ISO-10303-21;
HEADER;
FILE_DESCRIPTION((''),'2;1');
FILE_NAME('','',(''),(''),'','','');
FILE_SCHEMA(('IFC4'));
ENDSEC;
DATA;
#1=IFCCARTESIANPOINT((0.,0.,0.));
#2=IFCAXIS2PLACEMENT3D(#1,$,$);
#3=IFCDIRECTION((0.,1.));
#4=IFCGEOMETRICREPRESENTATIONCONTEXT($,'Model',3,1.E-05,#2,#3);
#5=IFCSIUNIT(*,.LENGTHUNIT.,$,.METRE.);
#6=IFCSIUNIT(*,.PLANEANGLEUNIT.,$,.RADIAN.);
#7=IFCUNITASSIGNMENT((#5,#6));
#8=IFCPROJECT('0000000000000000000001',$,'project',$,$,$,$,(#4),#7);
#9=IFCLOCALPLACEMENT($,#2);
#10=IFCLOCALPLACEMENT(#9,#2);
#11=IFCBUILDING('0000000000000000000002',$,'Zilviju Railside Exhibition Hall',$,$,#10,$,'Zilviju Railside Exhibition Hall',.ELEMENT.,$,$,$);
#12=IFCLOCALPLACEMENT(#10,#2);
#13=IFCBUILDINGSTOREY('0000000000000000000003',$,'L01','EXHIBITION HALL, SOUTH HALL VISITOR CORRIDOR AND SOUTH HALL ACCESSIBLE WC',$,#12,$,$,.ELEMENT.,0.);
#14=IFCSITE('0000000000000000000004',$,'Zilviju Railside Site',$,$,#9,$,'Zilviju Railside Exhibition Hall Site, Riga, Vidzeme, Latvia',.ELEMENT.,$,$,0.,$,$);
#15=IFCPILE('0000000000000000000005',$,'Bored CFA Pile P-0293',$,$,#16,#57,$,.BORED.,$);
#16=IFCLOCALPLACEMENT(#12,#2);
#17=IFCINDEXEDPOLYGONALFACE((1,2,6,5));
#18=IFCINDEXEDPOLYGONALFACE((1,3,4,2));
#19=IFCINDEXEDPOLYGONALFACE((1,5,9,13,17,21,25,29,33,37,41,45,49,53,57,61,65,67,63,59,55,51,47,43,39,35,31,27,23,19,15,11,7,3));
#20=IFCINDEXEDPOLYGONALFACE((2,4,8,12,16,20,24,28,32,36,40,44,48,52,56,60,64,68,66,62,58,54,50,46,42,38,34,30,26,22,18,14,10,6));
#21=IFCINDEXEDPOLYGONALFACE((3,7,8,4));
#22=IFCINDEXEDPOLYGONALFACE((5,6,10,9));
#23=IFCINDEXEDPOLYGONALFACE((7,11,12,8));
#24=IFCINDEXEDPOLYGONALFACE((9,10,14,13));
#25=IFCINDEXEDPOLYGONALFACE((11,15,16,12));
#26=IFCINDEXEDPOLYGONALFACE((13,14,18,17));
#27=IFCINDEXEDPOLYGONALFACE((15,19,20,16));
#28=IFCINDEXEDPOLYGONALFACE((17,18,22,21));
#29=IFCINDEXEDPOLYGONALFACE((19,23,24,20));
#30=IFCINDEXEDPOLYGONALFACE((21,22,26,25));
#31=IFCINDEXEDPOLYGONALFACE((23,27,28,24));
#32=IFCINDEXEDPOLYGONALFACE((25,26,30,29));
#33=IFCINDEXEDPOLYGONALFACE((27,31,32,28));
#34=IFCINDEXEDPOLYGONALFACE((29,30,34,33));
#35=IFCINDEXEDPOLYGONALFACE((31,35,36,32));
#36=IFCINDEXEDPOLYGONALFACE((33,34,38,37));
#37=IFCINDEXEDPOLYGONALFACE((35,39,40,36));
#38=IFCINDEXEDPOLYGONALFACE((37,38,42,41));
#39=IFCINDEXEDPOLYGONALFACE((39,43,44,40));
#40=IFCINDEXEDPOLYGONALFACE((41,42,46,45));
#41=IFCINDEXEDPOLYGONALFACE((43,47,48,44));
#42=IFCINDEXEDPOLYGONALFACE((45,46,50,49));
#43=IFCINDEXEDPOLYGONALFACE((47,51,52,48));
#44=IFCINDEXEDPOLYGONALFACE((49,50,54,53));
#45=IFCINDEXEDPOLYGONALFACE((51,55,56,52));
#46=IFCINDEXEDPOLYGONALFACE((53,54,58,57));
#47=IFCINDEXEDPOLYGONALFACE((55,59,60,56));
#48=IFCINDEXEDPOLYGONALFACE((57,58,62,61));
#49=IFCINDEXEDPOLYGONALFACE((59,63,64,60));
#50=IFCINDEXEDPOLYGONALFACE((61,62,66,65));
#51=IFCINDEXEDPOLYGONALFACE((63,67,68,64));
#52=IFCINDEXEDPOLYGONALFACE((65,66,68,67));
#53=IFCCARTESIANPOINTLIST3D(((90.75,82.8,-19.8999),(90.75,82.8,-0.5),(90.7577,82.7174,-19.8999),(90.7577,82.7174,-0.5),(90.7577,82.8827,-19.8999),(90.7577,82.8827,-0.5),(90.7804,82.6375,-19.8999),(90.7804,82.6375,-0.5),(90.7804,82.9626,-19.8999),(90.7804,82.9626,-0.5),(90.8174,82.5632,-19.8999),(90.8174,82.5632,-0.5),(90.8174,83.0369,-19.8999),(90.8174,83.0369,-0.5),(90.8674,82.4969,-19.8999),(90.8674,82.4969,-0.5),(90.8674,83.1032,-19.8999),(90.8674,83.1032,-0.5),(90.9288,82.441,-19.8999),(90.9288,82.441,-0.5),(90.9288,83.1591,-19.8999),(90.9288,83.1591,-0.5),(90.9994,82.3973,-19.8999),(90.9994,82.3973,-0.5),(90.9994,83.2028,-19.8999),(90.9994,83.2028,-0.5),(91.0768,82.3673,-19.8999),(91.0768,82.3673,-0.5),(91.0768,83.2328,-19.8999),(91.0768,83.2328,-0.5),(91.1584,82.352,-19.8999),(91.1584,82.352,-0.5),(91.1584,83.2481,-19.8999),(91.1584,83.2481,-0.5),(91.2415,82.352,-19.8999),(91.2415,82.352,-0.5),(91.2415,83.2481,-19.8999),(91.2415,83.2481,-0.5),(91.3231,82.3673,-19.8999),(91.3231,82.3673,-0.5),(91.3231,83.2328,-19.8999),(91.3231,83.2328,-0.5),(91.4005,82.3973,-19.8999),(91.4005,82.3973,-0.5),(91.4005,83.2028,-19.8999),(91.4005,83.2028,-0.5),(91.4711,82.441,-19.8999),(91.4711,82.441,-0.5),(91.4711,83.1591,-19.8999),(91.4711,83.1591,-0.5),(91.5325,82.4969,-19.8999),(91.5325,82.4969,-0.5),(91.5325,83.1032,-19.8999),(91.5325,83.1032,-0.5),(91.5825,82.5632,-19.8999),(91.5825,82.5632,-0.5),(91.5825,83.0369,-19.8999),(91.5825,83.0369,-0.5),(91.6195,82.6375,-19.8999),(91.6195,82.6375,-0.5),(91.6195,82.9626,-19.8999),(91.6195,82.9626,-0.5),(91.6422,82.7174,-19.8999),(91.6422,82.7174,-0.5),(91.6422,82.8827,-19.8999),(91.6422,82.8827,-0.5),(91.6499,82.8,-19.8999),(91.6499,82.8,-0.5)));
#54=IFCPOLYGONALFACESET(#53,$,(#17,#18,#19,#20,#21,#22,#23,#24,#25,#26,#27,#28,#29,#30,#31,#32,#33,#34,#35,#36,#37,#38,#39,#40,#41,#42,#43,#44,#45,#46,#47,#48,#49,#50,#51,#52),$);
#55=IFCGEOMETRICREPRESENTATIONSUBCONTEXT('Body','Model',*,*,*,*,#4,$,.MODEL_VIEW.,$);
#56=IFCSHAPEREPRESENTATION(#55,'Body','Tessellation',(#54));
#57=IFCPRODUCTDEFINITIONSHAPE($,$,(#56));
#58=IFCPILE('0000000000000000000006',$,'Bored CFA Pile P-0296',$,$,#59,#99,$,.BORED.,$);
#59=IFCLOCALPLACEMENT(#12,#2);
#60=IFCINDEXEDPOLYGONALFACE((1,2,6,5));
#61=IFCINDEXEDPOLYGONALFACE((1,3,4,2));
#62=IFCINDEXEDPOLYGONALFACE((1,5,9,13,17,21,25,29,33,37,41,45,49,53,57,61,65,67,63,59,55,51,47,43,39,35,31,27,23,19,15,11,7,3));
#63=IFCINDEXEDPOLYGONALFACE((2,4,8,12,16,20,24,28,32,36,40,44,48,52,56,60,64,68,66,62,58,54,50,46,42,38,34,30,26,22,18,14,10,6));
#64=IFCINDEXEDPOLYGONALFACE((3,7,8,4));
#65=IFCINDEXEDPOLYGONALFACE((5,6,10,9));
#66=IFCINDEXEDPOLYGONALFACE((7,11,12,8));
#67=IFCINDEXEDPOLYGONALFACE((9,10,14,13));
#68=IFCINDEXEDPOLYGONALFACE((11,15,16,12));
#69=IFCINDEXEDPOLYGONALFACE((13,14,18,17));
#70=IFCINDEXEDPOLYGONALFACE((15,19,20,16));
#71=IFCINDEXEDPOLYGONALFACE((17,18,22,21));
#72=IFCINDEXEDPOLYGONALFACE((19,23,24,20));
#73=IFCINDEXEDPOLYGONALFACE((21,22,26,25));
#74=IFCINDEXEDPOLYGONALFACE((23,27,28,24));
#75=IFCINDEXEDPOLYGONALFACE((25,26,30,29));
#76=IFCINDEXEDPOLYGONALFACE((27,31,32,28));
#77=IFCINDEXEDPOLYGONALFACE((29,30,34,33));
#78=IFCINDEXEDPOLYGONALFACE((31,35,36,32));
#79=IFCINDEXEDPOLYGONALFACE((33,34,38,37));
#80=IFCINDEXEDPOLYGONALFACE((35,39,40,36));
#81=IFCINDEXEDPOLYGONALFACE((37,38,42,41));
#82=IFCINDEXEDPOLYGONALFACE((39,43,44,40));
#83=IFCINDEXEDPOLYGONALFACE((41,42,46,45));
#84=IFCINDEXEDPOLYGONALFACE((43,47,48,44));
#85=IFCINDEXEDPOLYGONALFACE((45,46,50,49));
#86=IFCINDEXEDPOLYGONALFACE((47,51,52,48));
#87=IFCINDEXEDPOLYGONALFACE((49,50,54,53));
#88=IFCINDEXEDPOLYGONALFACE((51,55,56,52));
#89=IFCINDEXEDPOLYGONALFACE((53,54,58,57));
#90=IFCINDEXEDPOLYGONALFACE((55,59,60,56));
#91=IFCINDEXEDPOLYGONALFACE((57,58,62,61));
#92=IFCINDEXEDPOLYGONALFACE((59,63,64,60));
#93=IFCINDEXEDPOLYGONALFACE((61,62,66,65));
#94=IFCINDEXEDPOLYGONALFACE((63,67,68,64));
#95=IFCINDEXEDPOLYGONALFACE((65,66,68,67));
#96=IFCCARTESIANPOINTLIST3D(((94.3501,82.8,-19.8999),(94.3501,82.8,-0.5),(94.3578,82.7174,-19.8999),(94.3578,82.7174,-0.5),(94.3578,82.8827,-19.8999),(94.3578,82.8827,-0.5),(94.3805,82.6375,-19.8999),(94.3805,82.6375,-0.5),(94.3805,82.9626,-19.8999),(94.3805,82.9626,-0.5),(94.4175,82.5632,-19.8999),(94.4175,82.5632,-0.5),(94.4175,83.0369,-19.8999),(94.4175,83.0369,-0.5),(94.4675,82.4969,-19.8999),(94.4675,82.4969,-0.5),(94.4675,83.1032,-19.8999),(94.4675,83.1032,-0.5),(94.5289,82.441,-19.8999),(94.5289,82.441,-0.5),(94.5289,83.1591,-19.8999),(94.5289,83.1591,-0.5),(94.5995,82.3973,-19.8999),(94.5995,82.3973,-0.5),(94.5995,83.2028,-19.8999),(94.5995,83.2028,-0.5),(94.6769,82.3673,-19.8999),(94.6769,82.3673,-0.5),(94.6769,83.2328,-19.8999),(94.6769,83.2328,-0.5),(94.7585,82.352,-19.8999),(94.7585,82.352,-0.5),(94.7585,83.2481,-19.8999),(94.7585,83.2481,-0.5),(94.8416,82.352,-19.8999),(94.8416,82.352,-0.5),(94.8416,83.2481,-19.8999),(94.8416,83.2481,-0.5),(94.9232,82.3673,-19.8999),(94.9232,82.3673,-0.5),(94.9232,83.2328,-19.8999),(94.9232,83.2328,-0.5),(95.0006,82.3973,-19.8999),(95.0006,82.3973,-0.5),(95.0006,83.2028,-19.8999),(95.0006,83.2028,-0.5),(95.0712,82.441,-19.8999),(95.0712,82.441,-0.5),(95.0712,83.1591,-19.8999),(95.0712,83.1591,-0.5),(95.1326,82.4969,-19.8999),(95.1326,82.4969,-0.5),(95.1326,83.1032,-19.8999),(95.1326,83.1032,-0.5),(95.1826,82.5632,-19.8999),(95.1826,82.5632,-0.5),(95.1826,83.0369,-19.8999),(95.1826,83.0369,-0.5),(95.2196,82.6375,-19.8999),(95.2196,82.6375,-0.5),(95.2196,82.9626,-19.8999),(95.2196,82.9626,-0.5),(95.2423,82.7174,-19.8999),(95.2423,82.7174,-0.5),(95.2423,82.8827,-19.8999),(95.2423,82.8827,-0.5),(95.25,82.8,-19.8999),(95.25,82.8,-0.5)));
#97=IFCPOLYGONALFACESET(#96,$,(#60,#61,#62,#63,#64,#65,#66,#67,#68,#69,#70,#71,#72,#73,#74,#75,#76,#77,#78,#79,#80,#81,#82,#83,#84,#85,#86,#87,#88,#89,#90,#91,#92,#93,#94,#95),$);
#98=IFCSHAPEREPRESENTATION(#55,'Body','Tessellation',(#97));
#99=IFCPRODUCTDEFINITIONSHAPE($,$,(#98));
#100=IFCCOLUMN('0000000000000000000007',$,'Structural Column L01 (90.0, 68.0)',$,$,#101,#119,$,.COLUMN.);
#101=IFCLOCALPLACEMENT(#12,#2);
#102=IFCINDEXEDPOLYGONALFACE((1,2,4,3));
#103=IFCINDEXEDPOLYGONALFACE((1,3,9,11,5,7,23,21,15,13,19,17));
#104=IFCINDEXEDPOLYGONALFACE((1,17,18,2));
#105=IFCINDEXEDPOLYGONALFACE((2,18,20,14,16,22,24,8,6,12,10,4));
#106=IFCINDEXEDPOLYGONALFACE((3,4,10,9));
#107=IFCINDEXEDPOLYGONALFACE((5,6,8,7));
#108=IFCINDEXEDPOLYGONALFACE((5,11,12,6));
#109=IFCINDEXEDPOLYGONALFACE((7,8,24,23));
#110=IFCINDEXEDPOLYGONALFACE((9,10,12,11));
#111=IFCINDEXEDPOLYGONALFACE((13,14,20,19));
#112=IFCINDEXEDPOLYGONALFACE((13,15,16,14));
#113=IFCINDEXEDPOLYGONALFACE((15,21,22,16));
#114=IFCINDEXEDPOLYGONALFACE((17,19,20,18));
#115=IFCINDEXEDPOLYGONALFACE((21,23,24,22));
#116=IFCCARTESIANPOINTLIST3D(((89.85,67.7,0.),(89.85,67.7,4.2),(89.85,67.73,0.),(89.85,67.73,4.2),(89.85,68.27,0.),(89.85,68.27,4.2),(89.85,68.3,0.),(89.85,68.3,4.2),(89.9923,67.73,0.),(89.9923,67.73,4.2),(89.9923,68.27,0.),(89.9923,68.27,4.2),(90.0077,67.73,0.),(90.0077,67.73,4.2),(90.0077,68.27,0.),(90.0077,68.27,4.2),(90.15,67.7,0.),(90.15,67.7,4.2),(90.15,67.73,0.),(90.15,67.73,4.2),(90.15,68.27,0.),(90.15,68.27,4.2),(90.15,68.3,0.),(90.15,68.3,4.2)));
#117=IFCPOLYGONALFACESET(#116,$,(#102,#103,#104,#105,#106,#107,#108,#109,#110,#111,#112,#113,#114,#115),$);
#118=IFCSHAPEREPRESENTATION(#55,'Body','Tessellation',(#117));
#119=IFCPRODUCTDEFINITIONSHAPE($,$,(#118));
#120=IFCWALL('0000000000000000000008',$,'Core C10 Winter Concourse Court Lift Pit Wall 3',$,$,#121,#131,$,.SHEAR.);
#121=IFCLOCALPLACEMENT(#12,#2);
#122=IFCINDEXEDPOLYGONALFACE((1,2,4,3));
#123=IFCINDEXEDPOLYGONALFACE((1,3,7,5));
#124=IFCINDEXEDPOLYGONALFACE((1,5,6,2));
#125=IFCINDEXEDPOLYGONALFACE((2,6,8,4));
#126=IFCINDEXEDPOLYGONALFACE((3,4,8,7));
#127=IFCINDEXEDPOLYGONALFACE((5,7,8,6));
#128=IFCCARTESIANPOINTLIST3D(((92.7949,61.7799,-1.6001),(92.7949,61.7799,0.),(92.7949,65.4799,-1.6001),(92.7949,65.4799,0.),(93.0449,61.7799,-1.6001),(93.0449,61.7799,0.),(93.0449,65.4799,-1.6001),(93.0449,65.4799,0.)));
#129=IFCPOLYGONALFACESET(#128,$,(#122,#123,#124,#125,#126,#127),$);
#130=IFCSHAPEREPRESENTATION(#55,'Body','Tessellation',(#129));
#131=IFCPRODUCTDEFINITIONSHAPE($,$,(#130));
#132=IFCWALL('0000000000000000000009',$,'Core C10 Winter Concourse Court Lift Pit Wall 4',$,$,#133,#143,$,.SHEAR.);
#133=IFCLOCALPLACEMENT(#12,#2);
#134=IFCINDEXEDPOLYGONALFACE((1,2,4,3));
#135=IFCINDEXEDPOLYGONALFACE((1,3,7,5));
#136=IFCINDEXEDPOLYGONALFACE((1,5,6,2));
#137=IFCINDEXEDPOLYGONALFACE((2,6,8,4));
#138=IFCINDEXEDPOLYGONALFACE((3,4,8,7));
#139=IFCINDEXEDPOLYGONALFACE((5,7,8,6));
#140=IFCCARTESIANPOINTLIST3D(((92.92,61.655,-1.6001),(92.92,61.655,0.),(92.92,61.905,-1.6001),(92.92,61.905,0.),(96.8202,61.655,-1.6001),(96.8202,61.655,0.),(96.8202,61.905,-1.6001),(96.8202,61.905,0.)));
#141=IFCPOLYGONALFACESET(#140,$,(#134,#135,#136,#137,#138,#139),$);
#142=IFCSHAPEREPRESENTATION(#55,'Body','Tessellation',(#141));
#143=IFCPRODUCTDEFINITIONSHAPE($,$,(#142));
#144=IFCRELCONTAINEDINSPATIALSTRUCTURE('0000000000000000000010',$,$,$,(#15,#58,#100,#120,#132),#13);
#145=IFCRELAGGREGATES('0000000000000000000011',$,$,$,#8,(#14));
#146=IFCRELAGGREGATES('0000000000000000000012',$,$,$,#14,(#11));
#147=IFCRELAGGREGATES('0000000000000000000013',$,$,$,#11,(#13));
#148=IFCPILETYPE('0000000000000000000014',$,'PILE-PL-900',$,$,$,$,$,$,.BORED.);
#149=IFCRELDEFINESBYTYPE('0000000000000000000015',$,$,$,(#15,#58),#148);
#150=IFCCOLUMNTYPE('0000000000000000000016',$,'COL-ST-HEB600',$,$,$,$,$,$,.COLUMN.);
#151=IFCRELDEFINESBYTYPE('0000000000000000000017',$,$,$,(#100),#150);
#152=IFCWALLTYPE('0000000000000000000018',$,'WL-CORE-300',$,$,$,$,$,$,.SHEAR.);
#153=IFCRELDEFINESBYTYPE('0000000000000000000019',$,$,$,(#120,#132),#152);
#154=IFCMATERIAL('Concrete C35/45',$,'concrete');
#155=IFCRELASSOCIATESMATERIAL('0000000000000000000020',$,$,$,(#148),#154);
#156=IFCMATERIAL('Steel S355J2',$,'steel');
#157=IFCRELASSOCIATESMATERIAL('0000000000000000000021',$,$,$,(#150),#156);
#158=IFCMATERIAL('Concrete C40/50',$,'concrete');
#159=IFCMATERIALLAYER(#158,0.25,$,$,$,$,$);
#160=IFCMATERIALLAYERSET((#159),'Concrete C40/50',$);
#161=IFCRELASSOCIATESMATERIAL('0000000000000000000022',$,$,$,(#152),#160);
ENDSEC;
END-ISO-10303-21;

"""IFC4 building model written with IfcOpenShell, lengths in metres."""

from ifc_helpers import new_model, si_unit, direction, frame, frame_2d, origin, origin_2d, place, context, subcontext, project, spatial, rectangle, circle, i_section, extrude, material, layer, layer_set, material_profile, profile_set, type_object, element, save


model = new_model("IFC4")

# Units and contexts
model_context = context("Model", 3, precision=1e-05, world=origin(), true_north=direction((0.0, 1.0)))
body_context = subcontext(model_context, "Body", "Model", "MODEL_VIEW")
ifc_project = project(units=[si_unit("LENGTHUNIT", "METRE"), si_unit("PLANEANGLEUNIT", "RADIAN")], contexts=[model_context])

# Site, building, storey
site_placement = place(None, origin())
site = spatial("IfcSite", under=ifc_project, at=site_placement, Name="Zilviju Railside Site", LongName="Zilviju Railside Exhibition Hall Site, Riga, Vidzeme, Latvia", CompositionType="ELEMENT", RefElevation=0.0)
building_placement = place(site_placement, origin())
building = spatial("IfcBuilding", under=site, at=building_placement, Name="Zilviju Railside Exhibition Hall", LongName="Zilviju Railside Exhibition Hall", CompositionType="ELEMENT")
storey_placement = place(building_placement, origin())
storey = spatial("IfcBuildingStorey", under=building, at=storey_placement, Name="L01", Description="EXHIBITION HALL, SOUTH HALL VISITOR CORRIDOR AND SOUTH HALL ACCESSIBLE WC", CompositionType="ELEMENT", Elevation=0.0)

# Shared definitions
ifc_material_1 = material(Name="Concrete C35/45", Category="concrete")
ifc_material_2 = material(Name="Concrete C40/50", Category="concrete")

# Piles
ifc_material_profile_1 = material_profile(ifc_material_1, circle(Radius=0.45, at=origin_2d()), Name="CFA PILE D900")
ifc_profile_set_1 = profile_set([ifc_material_profile_1], Name="Concrete C35/45")
pile_type_1 = type_object("IfcPileType", Name="PILE-PL-900", PredefinedType="BORED", material=ifc_profile_set_1)
for number, where, z_axis, x_axis, name in (
    (1, (91.2, 82.8, -0.5), (0.0, 0.0, -1.0), (1.0, 0.0, 0.0), "Bored CFA Pile P-0293"),
    (2, (94.8, 82.8, -0.5), (0.0, 0.0, -1.0), (1.0, 0.0, 0.0), "Bored CFA Pile P-0296"),
):
    element("IfcPile", number, at=place(storey_placement, frame(where, z_axis=z_axis, x_axis=x_axis)), inside=storey, type_object=pile_type_1, Name=name, PredefinedType="BORED", context=body_context, shape_type="SweptSolid", body=[
        extrude(circle(Radius=0.45, at=origin_2d()), origin(), (0.0, 0.0, 1.0), 19.3999),
    ])

# Column
ifc_material_3 = material(Name="Steel S355J2", Category="steel")
ifc_material_profile_2 = material_profile(ifc_material_3, i_section(OverallWidth=0.3, OverallDepth=0.6001, WebThickness=0.0154, FlangeThickness=0.03, at=origin_2d()), Name="HEB 600")
ifc_profile_set_2 = profile_set([ifc_material_profile_2], Name="Steel S355J2")
column_type = type_object("IfcColumnType", Name="COL-ST-HEB600", PredefinedType="COLUMN", material=ifc_profile_set_2)
column_placement = place(storey_placement, frame((90.0, 68.0, 0.0), z_axis=(0.0, 0.0, 1.0), x_axis=(1.0, 0.0, 0.0)))
element("IfcColumn", 3, at=column_placement, inside=storey, type_object=column_type, Name="Structural Column L01 (90.0, 68.0)", PredefinedType="COLUMN", context=body_context, shape_type="SweptSolid", body=[
    extrude(i_section(OverallWidth=0.3, OverallDepth=0.6001, WebThickness=0.0154, FlangeThickness=0.03, at=origin_2d()), origin(), (0.0, 0.0, 1.0), 4.2),
])

# Walls
ifc_layer_1 = layer(ifc_material_2, 0.25)
ifc_layer_set_1 = layer_set([ifc_layer_1], Name="Concrete C40/50")
wall_type_1 = type_object("IfcWallType", Name="WL-CORE-300", PredefinedType="SHEAR", material=ifc_layer_set_1)
wall_1_placement = place(storey_placement, frame((92.9199, 65.48, -1.6001), z_axis=(0.0, 0.0, 1.0), x_axis=(0.0, -1.0, 0.0)))
element("IfcWall", 4, at=wall_1_placement, inside=storey, type_object=wall_type_1, Name="Core C10 Winter Concourse Court Lift Pit Wall 3", PredefinedType="SHEAR", context=body_context, shape_type="SweptSolid", body=[
    extrude(rectangle(XDim=3.7, YDim=0.25, at=frame_2d((1.8501, 0.0))), origin(), (0.0, 0.0, 1.0), 1.6001),
])
wall_2_placement = place(storey_placement, frame((92.9199, 61.78, -1.6001), z_axis=(0.0, 0.0, 1.0), x_axis=(1.0, 0.0, 0.0)))
element("IfcWall", 5, at=wall_2_placement, inside=storey, type_object=wall_type_1, Name="Core C10 Winter Concourse Court Lift Pit Wall 4", PredefinedType="SHEAR", context=body_context, shape_type="SweptSolid", body=[
    extrude(rectangle(XDim=3.9001, YDim=0.25, at=frame_2d((1.9502, 0.0))), origin(), (0.0, 0.0, 1.0), 1.6001),
])

save(model, "model.ifc")
